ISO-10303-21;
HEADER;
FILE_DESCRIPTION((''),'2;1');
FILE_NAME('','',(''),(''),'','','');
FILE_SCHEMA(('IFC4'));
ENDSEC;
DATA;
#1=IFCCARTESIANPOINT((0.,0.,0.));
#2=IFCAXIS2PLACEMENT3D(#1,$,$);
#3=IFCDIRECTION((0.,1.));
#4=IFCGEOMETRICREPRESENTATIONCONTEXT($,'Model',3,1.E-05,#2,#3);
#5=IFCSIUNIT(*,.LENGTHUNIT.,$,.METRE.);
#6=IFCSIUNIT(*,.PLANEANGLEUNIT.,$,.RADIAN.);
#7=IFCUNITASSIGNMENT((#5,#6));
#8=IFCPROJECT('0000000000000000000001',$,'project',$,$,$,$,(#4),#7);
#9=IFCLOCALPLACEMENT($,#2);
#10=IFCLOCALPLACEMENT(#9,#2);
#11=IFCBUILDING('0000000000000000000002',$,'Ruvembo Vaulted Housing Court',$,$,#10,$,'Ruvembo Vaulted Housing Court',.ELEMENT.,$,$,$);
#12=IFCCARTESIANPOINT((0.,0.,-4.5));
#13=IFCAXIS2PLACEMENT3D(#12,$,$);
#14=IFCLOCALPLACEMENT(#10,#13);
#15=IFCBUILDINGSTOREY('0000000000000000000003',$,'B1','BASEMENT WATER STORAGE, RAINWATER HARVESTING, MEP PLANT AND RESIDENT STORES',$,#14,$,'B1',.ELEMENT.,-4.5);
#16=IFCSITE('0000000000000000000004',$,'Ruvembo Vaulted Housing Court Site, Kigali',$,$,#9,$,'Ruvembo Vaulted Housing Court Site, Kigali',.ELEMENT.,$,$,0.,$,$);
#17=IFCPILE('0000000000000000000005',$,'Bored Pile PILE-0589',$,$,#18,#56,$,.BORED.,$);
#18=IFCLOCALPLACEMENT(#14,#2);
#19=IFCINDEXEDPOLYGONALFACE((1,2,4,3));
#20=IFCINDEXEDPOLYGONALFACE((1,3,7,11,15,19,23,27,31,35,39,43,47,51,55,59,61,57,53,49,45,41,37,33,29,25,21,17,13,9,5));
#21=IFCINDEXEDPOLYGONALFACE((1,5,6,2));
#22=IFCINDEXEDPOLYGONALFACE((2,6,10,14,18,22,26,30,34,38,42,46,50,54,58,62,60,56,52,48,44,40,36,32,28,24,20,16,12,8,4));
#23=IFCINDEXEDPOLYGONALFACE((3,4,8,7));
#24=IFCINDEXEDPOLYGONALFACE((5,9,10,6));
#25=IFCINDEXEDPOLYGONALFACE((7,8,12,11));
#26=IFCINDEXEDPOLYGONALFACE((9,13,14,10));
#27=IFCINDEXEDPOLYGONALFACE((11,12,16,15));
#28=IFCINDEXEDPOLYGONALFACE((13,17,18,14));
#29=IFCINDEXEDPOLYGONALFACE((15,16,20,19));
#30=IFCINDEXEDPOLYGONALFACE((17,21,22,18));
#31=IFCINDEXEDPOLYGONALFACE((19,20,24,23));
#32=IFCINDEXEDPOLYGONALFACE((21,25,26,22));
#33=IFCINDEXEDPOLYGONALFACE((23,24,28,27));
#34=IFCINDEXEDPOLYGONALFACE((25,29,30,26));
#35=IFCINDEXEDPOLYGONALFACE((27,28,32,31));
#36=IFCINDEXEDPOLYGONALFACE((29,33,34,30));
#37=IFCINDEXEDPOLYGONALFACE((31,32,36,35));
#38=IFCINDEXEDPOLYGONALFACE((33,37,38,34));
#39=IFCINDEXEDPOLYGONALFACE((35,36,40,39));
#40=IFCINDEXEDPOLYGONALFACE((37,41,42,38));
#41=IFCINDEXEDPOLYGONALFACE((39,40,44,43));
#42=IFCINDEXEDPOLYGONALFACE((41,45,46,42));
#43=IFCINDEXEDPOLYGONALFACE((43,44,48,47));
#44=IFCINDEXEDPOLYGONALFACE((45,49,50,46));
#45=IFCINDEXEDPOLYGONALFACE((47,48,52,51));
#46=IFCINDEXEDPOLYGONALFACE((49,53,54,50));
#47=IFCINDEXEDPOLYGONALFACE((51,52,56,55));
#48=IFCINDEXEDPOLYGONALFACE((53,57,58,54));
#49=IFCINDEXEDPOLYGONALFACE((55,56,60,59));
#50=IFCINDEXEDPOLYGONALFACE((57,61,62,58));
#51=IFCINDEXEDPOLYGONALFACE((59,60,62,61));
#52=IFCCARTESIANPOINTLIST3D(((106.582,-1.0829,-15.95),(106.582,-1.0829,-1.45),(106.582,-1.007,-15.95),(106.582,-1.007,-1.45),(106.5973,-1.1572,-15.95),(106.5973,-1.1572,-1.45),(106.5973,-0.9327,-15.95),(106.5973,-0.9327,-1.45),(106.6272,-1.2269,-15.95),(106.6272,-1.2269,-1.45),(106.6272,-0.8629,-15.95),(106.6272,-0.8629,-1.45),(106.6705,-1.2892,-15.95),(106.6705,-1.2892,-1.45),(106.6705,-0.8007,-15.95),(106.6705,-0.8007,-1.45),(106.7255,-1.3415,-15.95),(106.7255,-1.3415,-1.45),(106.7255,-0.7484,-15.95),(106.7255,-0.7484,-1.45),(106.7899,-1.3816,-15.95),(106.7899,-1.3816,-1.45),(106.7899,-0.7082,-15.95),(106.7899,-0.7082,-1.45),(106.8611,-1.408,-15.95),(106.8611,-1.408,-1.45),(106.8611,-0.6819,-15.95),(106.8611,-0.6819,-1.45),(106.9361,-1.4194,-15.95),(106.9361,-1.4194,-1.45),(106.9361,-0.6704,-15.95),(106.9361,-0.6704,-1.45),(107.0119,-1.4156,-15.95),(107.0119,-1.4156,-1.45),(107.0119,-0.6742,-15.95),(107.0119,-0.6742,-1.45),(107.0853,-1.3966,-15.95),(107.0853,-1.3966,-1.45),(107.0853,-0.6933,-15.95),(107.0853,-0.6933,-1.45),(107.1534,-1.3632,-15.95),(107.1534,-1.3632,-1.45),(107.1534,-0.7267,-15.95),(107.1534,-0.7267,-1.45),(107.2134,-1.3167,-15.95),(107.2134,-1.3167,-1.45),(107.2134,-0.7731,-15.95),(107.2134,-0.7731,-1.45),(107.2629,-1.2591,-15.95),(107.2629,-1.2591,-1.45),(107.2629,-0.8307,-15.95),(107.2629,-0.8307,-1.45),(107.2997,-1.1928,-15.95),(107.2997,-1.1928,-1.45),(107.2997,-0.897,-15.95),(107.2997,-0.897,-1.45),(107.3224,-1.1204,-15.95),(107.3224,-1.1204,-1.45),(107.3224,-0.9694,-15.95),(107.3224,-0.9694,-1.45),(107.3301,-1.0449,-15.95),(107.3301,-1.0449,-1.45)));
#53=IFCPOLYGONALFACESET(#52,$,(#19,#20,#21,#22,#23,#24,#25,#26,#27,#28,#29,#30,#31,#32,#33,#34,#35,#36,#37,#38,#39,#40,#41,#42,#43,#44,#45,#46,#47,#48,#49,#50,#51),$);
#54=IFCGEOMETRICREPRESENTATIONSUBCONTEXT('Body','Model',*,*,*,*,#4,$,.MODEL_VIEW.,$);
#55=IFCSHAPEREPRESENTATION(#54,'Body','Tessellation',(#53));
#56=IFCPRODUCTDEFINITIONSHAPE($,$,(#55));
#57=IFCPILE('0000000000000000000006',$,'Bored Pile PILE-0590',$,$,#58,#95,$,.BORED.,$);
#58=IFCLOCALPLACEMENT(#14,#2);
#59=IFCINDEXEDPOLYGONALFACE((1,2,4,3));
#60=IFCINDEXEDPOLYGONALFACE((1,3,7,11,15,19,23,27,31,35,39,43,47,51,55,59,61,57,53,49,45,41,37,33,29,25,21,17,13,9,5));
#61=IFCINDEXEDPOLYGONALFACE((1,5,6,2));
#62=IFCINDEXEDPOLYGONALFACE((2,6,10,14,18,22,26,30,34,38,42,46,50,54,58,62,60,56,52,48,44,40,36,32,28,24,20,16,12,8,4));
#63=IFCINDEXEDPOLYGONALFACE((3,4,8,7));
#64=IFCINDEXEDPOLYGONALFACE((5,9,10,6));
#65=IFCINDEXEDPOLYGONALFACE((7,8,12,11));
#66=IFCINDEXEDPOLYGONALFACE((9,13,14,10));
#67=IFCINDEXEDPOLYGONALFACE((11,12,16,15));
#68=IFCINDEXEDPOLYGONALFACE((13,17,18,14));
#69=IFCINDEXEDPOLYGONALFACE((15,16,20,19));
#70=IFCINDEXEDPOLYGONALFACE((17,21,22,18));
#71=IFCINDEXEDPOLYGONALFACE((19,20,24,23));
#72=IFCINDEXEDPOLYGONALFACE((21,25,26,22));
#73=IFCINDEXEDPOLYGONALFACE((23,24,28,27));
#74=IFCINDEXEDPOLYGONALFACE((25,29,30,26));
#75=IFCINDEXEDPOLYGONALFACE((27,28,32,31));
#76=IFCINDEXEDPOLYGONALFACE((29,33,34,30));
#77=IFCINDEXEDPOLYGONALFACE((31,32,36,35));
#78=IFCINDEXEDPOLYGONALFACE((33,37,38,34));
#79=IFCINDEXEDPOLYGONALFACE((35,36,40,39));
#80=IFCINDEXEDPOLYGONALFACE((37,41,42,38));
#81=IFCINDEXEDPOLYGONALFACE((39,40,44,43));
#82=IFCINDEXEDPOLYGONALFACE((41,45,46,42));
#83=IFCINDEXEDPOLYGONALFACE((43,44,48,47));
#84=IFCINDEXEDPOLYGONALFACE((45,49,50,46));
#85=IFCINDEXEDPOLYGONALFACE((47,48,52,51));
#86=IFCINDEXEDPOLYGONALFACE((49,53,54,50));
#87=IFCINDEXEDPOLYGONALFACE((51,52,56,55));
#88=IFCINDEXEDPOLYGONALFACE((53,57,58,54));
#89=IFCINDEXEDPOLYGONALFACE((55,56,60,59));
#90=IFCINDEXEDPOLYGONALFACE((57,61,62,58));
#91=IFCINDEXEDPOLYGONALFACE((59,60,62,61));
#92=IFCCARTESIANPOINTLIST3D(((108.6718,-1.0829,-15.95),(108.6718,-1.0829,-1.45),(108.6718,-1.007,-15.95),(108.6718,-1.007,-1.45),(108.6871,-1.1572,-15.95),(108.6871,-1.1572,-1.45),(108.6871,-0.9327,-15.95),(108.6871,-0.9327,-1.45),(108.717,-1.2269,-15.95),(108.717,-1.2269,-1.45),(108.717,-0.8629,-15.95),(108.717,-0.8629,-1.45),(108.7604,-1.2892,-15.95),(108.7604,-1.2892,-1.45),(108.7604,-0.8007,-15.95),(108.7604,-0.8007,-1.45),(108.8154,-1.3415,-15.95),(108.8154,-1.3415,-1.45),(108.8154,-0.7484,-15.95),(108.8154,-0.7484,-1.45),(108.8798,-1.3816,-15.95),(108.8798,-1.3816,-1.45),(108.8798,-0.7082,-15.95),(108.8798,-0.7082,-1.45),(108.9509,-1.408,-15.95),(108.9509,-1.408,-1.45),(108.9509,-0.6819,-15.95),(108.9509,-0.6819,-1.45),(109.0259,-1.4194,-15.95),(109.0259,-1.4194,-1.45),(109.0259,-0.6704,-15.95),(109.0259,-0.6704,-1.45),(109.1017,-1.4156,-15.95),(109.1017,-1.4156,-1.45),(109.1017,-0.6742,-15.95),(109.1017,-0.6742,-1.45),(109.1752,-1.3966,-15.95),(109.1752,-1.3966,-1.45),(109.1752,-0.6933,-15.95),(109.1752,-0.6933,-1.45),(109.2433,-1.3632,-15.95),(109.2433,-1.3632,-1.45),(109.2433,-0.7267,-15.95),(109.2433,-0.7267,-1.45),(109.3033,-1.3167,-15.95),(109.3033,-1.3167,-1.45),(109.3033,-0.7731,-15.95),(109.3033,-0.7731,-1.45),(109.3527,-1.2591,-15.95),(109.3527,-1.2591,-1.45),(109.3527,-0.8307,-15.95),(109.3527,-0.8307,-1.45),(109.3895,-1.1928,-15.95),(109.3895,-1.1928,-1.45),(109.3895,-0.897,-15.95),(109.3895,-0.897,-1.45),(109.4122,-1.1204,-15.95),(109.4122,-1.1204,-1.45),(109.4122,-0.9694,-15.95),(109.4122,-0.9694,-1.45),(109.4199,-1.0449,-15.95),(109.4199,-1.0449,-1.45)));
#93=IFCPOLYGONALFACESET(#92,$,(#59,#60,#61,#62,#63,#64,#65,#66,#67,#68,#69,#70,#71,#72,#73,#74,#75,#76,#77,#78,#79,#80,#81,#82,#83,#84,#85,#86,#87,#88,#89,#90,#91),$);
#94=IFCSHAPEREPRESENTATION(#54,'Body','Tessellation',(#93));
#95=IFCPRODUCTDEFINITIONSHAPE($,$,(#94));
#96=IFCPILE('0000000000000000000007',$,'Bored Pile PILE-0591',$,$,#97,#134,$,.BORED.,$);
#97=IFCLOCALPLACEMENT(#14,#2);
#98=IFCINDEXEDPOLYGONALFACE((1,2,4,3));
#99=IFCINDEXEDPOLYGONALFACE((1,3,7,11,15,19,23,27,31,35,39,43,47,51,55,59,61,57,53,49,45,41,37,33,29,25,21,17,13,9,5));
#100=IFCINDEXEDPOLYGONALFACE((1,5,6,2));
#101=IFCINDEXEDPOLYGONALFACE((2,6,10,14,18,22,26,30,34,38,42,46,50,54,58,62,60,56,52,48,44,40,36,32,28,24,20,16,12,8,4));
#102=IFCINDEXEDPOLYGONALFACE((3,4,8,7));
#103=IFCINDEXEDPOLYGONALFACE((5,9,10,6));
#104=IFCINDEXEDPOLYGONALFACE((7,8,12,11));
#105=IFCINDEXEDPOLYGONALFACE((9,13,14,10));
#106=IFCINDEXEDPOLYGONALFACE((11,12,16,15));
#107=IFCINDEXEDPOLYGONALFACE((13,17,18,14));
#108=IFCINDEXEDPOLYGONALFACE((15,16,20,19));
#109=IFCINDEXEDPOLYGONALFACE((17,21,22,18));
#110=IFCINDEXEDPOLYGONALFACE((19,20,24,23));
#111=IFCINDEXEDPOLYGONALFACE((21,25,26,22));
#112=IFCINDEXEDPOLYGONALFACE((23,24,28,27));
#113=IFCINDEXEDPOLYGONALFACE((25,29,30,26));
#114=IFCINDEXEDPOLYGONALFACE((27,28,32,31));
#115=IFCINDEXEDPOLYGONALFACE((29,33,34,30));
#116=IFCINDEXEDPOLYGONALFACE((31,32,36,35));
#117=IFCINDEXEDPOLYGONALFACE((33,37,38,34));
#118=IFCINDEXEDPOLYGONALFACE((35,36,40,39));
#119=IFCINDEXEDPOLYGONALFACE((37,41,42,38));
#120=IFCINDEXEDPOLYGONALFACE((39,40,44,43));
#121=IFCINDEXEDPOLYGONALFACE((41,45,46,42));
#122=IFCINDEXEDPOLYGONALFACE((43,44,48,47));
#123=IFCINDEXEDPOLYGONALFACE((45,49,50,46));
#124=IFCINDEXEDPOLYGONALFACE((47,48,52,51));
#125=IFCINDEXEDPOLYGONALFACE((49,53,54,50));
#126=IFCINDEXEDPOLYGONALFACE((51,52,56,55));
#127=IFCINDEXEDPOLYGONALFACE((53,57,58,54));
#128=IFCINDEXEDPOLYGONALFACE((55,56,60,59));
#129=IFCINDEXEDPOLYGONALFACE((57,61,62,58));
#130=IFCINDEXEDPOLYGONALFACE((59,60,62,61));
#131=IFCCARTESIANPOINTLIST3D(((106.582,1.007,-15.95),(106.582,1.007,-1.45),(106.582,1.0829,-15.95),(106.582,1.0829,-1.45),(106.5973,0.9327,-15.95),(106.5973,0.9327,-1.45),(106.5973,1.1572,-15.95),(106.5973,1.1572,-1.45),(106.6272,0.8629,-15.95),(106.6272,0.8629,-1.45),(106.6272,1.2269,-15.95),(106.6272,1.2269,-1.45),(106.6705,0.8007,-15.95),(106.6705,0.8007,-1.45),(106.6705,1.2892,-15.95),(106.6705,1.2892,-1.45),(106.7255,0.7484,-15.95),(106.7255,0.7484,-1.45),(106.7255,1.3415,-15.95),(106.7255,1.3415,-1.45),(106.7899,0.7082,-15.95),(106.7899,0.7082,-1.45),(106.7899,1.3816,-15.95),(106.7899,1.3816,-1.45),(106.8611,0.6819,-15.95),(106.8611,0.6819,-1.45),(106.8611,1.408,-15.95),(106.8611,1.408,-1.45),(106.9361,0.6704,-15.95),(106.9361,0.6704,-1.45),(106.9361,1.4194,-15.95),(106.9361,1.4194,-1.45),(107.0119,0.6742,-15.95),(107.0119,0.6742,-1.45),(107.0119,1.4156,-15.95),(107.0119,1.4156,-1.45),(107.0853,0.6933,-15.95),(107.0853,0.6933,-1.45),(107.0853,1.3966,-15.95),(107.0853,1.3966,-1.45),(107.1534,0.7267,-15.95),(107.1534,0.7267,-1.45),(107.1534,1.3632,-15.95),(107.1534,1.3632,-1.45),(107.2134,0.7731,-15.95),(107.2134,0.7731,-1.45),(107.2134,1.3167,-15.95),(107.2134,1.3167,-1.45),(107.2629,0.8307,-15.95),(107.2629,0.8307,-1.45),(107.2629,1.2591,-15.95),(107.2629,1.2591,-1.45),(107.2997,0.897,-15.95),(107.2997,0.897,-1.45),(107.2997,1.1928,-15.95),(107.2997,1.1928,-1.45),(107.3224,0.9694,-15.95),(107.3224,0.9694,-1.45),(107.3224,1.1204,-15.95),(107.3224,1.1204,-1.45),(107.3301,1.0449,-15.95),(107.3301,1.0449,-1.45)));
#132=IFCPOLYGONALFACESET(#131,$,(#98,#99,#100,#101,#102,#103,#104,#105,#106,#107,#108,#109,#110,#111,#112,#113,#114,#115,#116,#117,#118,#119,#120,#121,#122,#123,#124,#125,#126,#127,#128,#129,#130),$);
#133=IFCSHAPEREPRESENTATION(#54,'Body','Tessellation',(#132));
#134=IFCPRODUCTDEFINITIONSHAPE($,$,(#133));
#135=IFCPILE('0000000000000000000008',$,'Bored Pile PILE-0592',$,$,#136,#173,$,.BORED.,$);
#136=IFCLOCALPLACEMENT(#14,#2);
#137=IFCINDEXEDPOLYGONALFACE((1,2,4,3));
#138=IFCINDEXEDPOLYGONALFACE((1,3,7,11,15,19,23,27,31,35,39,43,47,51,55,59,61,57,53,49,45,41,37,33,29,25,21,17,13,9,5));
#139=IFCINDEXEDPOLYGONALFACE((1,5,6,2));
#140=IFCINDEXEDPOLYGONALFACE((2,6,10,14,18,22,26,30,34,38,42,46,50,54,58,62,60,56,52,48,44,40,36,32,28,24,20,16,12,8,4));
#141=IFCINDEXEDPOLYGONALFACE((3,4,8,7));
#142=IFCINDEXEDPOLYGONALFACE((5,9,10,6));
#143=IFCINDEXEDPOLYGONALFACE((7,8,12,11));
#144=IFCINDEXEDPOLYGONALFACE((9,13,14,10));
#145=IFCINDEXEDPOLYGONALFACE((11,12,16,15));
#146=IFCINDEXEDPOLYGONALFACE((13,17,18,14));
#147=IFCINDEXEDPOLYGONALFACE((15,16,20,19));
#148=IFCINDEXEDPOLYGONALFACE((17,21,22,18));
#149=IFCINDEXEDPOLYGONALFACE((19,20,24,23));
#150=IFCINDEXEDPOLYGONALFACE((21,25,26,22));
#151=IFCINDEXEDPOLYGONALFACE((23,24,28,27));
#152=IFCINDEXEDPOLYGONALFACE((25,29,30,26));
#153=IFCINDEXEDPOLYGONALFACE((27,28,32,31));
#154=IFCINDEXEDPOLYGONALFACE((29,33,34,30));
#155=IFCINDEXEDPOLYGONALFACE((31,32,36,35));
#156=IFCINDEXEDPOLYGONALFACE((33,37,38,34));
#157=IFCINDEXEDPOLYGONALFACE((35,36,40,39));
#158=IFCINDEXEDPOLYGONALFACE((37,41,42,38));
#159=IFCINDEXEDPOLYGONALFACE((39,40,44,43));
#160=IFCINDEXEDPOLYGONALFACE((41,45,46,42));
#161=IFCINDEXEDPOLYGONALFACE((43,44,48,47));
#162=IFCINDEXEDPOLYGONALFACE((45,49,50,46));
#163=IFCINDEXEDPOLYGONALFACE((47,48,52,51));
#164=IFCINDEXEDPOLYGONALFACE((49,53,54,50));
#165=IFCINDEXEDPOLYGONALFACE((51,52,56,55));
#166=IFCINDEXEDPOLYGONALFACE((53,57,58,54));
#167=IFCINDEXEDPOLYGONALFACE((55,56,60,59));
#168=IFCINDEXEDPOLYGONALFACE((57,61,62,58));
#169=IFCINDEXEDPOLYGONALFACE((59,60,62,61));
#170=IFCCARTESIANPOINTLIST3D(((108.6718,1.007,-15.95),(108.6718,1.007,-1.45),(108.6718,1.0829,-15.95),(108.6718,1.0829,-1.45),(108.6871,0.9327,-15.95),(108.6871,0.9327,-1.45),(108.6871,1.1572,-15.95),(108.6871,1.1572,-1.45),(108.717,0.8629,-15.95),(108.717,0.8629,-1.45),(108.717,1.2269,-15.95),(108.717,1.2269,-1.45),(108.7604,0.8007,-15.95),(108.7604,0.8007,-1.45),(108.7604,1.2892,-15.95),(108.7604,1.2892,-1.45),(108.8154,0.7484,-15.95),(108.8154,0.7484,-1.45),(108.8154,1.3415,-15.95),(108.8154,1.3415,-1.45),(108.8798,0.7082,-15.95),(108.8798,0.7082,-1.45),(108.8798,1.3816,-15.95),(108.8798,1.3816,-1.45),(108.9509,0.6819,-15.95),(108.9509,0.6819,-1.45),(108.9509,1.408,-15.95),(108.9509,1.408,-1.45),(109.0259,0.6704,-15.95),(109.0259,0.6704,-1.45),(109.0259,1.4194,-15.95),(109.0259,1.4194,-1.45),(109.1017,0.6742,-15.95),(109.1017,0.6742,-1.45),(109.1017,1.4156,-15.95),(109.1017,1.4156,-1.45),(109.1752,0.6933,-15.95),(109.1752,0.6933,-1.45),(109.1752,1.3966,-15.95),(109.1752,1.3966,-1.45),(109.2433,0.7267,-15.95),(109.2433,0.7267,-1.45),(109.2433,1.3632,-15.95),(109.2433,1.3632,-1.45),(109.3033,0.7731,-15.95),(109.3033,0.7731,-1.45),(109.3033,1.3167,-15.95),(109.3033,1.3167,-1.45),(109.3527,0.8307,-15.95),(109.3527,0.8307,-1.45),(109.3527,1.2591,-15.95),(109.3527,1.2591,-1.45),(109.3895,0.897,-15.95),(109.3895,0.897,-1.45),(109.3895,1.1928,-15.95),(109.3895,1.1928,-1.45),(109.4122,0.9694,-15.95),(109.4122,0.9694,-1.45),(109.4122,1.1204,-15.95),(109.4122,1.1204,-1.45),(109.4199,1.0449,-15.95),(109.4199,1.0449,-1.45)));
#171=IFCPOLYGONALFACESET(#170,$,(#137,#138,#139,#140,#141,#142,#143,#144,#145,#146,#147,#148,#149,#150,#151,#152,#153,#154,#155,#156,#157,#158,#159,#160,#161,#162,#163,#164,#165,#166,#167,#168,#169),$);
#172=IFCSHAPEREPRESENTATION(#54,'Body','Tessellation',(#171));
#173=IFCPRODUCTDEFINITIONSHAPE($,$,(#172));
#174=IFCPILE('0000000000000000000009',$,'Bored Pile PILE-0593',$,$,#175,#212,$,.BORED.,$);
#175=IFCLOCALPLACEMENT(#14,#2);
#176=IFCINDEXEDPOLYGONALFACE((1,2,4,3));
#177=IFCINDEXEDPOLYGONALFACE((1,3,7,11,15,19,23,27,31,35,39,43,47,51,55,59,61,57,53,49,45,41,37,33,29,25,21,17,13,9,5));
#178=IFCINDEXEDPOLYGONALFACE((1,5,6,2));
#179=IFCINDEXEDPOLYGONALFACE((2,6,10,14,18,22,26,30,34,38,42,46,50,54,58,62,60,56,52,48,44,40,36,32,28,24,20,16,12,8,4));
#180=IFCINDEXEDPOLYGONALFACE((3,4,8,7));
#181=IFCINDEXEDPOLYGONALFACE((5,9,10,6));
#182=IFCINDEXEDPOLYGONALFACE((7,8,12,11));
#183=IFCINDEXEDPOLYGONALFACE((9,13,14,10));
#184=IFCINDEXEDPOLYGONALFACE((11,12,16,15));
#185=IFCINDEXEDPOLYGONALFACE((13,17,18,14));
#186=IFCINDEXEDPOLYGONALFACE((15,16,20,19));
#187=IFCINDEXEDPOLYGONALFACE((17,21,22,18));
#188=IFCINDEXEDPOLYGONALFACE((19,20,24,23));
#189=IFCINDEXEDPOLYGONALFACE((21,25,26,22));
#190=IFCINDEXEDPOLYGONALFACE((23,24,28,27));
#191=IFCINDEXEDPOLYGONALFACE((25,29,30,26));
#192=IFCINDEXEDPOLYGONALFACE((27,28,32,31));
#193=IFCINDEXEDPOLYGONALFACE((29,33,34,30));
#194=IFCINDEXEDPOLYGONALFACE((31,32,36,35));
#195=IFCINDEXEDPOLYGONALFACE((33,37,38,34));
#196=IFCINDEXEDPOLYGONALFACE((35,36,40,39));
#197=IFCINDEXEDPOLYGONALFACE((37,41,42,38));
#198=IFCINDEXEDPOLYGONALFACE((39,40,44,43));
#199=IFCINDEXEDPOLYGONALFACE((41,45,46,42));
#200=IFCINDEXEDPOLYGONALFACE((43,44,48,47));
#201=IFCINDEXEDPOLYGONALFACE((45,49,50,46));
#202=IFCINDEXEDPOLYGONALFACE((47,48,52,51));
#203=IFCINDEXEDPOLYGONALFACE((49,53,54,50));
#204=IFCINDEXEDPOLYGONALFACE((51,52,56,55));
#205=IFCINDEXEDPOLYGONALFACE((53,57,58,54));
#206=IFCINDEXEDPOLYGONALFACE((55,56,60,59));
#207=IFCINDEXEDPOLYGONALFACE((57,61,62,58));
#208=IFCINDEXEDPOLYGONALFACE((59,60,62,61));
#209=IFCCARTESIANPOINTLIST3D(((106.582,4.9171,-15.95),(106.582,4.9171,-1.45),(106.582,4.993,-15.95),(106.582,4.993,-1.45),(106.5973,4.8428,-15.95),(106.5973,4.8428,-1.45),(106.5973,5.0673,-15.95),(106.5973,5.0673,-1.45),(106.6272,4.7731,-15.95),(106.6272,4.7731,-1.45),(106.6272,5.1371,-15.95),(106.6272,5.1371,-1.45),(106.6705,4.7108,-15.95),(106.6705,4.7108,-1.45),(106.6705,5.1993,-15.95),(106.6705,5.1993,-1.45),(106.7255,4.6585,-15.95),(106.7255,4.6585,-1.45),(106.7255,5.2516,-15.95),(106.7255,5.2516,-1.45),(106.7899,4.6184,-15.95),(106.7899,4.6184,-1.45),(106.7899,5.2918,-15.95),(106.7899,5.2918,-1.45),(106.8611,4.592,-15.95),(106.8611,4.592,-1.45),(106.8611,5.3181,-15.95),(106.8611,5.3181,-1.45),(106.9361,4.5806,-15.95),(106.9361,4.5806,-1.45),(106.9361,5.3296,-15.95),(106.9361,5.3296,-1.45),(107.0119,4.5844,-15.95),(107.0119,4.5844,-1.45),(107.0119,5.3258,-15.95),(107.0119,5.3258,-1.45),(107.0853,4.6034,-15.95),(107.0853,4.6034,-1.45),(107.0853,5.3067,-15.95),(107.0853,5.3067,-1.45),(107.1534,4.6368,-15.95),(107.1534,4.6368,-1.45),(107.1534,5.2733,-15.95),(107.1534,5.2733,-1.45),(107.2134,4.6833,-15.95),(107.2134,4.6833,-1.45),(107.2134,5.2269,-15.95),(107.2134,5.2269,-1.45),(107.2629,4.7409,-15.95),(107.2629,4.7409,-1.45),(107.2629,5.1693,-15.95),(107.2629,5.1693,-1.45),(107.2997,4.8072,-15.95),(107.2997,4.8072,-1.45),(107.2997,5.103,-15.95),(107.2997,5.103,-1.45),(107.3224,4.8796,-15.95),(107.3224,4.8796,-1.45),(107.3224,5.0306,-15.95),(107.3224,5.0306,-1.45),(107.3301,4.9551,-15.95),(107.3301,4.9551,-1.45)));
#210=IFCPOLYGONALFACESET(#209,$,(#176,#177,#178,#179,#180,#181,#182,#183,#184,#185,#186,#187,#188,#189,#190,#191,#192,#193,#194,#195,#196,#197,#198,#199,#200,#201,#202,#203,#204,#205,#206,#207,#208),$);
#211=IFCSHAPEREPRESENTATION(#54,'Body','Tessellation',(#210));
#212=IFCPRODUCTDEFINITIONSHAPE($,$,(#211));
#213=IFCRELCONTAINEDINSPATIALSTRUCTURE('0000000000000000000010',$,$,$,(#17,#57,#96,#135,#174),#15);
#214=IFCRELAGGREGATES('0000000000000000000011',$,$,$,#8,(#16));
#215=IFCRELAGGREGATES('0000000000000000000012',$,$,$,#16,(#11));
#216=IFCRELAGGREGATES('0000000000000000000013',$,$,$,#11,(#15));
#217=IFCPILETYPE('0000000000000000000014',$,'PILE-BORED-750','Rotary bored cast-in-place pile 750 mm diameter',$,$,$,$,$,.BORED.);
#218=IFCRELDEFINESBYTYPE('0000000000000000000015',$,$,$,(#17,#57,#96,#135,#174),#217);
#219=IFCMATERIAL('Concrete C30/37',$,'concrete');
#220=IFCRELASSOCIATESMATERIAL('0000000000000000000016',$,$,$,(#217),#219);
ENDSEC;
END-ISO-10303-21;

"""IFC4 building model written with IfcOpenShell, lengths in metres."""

from ifc_helpers import new_model, si_unit, direction, frame, origin, origin_2d, place, context, subcontext, project, spatial, circle, extrude, material, material_profile, profile_set, type_object, element, save


model = new_model("IFC4")

# Units and contexts
model_context = context("Model", 3, precision=1e-05, world=origin(), true_north=direction((0.0, 1.0)))
body_context = subcontext(model_context, "Body", "Model", "MODEL_VIEW")
ifc_project = project(units=[si_unit("LENGTHUNIT", "METRE"), si_unit("PLANEANGLEUNIT", "RADIAN")], contexts=[model_context])

# Site, building, storey
site_placement = place(None, origin())
site = spatial("IfcSite", under=ifc_project, at=site_placement, Name="Ruvembo Vaulted Housing Court Site, Kigali", LongName="Ruvembo Vaulted Housing Court Site, Kigali", CompositionType="ELEMENT", RefElevation=0.0)
building_placement = place(site_placement, origin())
building = spatial("IfcBuilding", under=site, at=building_placement, Name="Ruvembo Vaulted Housing Court", LongName="Ruvembo Vaulted Housing Court", CompositionType="ELEMENT")
storey_placement = place(building_placement, frame((0.0, 0.0, -4.5)))
storey = spatial("IfcBuildingStorey", under=building, at=storey_placement, Name="B1", Description="BASEMENT WATER STORAGE, RAINWATER HARVESTING, MEP PLANT AND RESIDENT STORES", LongName="B1", CompositionType="ELEMENT", Elevation=-4.5)

# Piles
ifc_material_1 = material(Name="Concrete C30/37", Category="concrete")
ifc_material_profile_1 = material_profile(ifc_material_1, circle(Radius=0.375, at=origin_2d()), Name="PILE D750")
ifc_profile_set_1 = profile_set([ifc_material_profile_1], Name="Concrete C30/37")
pile_type = type_object("IfcPileType", Name="PILE-BORED-750", Description="Rotary bored cast-in-place pile 750 mm diameter", PredefinedType="BORED", material=ifc_profile_set_1)
for number, where, z_axis, x_axis, name in (
    (1, (106.9551, -1.0449, -1.45), (0.0, 0.0, -1.0), (1.0, 0.0, 0.0), "Bored Pile PILE-0589"),
    (2, (109.0449, -1.0449, -1.45), (0.0, 0.0, -1.0), (1.0, 0.0, 0.0), "Bored Pile PILE-0590"),
    (3, (106.9551, 1.0449, -1.45), (0.0, 0.0, -1.0), (1.0, 0.0, 0.0), "Bored Pile PILE-0591"),
    (4, (109.0449, 1.0449, -1.45), (0.0, 0.0, -1.0), (1.0, 0.0, 0.0), "Bored Pile PILE-0592"),
    (5, (106.9551, 4.9551, -1.45), (0.0, 0.0, -1.0), (1.0, 0.0, 0.0), "Bored Pile PILE-0593"),
):
    element("IfcPile", number, at=place(storey_placement, frame(where, z_axis=z_axis, x_axis=x_axis)), inside=storey, type_object=pile_type, Name=name, PredefinedType="BORED", context=body_context, shape_type="SweptSolid", body=[
        extrude(circle(Radius=0.375, at=origin_2d()), origin(), (0.0, 0.0, 1.0), 14.5),
    ])

save(model, "model.ifc")
